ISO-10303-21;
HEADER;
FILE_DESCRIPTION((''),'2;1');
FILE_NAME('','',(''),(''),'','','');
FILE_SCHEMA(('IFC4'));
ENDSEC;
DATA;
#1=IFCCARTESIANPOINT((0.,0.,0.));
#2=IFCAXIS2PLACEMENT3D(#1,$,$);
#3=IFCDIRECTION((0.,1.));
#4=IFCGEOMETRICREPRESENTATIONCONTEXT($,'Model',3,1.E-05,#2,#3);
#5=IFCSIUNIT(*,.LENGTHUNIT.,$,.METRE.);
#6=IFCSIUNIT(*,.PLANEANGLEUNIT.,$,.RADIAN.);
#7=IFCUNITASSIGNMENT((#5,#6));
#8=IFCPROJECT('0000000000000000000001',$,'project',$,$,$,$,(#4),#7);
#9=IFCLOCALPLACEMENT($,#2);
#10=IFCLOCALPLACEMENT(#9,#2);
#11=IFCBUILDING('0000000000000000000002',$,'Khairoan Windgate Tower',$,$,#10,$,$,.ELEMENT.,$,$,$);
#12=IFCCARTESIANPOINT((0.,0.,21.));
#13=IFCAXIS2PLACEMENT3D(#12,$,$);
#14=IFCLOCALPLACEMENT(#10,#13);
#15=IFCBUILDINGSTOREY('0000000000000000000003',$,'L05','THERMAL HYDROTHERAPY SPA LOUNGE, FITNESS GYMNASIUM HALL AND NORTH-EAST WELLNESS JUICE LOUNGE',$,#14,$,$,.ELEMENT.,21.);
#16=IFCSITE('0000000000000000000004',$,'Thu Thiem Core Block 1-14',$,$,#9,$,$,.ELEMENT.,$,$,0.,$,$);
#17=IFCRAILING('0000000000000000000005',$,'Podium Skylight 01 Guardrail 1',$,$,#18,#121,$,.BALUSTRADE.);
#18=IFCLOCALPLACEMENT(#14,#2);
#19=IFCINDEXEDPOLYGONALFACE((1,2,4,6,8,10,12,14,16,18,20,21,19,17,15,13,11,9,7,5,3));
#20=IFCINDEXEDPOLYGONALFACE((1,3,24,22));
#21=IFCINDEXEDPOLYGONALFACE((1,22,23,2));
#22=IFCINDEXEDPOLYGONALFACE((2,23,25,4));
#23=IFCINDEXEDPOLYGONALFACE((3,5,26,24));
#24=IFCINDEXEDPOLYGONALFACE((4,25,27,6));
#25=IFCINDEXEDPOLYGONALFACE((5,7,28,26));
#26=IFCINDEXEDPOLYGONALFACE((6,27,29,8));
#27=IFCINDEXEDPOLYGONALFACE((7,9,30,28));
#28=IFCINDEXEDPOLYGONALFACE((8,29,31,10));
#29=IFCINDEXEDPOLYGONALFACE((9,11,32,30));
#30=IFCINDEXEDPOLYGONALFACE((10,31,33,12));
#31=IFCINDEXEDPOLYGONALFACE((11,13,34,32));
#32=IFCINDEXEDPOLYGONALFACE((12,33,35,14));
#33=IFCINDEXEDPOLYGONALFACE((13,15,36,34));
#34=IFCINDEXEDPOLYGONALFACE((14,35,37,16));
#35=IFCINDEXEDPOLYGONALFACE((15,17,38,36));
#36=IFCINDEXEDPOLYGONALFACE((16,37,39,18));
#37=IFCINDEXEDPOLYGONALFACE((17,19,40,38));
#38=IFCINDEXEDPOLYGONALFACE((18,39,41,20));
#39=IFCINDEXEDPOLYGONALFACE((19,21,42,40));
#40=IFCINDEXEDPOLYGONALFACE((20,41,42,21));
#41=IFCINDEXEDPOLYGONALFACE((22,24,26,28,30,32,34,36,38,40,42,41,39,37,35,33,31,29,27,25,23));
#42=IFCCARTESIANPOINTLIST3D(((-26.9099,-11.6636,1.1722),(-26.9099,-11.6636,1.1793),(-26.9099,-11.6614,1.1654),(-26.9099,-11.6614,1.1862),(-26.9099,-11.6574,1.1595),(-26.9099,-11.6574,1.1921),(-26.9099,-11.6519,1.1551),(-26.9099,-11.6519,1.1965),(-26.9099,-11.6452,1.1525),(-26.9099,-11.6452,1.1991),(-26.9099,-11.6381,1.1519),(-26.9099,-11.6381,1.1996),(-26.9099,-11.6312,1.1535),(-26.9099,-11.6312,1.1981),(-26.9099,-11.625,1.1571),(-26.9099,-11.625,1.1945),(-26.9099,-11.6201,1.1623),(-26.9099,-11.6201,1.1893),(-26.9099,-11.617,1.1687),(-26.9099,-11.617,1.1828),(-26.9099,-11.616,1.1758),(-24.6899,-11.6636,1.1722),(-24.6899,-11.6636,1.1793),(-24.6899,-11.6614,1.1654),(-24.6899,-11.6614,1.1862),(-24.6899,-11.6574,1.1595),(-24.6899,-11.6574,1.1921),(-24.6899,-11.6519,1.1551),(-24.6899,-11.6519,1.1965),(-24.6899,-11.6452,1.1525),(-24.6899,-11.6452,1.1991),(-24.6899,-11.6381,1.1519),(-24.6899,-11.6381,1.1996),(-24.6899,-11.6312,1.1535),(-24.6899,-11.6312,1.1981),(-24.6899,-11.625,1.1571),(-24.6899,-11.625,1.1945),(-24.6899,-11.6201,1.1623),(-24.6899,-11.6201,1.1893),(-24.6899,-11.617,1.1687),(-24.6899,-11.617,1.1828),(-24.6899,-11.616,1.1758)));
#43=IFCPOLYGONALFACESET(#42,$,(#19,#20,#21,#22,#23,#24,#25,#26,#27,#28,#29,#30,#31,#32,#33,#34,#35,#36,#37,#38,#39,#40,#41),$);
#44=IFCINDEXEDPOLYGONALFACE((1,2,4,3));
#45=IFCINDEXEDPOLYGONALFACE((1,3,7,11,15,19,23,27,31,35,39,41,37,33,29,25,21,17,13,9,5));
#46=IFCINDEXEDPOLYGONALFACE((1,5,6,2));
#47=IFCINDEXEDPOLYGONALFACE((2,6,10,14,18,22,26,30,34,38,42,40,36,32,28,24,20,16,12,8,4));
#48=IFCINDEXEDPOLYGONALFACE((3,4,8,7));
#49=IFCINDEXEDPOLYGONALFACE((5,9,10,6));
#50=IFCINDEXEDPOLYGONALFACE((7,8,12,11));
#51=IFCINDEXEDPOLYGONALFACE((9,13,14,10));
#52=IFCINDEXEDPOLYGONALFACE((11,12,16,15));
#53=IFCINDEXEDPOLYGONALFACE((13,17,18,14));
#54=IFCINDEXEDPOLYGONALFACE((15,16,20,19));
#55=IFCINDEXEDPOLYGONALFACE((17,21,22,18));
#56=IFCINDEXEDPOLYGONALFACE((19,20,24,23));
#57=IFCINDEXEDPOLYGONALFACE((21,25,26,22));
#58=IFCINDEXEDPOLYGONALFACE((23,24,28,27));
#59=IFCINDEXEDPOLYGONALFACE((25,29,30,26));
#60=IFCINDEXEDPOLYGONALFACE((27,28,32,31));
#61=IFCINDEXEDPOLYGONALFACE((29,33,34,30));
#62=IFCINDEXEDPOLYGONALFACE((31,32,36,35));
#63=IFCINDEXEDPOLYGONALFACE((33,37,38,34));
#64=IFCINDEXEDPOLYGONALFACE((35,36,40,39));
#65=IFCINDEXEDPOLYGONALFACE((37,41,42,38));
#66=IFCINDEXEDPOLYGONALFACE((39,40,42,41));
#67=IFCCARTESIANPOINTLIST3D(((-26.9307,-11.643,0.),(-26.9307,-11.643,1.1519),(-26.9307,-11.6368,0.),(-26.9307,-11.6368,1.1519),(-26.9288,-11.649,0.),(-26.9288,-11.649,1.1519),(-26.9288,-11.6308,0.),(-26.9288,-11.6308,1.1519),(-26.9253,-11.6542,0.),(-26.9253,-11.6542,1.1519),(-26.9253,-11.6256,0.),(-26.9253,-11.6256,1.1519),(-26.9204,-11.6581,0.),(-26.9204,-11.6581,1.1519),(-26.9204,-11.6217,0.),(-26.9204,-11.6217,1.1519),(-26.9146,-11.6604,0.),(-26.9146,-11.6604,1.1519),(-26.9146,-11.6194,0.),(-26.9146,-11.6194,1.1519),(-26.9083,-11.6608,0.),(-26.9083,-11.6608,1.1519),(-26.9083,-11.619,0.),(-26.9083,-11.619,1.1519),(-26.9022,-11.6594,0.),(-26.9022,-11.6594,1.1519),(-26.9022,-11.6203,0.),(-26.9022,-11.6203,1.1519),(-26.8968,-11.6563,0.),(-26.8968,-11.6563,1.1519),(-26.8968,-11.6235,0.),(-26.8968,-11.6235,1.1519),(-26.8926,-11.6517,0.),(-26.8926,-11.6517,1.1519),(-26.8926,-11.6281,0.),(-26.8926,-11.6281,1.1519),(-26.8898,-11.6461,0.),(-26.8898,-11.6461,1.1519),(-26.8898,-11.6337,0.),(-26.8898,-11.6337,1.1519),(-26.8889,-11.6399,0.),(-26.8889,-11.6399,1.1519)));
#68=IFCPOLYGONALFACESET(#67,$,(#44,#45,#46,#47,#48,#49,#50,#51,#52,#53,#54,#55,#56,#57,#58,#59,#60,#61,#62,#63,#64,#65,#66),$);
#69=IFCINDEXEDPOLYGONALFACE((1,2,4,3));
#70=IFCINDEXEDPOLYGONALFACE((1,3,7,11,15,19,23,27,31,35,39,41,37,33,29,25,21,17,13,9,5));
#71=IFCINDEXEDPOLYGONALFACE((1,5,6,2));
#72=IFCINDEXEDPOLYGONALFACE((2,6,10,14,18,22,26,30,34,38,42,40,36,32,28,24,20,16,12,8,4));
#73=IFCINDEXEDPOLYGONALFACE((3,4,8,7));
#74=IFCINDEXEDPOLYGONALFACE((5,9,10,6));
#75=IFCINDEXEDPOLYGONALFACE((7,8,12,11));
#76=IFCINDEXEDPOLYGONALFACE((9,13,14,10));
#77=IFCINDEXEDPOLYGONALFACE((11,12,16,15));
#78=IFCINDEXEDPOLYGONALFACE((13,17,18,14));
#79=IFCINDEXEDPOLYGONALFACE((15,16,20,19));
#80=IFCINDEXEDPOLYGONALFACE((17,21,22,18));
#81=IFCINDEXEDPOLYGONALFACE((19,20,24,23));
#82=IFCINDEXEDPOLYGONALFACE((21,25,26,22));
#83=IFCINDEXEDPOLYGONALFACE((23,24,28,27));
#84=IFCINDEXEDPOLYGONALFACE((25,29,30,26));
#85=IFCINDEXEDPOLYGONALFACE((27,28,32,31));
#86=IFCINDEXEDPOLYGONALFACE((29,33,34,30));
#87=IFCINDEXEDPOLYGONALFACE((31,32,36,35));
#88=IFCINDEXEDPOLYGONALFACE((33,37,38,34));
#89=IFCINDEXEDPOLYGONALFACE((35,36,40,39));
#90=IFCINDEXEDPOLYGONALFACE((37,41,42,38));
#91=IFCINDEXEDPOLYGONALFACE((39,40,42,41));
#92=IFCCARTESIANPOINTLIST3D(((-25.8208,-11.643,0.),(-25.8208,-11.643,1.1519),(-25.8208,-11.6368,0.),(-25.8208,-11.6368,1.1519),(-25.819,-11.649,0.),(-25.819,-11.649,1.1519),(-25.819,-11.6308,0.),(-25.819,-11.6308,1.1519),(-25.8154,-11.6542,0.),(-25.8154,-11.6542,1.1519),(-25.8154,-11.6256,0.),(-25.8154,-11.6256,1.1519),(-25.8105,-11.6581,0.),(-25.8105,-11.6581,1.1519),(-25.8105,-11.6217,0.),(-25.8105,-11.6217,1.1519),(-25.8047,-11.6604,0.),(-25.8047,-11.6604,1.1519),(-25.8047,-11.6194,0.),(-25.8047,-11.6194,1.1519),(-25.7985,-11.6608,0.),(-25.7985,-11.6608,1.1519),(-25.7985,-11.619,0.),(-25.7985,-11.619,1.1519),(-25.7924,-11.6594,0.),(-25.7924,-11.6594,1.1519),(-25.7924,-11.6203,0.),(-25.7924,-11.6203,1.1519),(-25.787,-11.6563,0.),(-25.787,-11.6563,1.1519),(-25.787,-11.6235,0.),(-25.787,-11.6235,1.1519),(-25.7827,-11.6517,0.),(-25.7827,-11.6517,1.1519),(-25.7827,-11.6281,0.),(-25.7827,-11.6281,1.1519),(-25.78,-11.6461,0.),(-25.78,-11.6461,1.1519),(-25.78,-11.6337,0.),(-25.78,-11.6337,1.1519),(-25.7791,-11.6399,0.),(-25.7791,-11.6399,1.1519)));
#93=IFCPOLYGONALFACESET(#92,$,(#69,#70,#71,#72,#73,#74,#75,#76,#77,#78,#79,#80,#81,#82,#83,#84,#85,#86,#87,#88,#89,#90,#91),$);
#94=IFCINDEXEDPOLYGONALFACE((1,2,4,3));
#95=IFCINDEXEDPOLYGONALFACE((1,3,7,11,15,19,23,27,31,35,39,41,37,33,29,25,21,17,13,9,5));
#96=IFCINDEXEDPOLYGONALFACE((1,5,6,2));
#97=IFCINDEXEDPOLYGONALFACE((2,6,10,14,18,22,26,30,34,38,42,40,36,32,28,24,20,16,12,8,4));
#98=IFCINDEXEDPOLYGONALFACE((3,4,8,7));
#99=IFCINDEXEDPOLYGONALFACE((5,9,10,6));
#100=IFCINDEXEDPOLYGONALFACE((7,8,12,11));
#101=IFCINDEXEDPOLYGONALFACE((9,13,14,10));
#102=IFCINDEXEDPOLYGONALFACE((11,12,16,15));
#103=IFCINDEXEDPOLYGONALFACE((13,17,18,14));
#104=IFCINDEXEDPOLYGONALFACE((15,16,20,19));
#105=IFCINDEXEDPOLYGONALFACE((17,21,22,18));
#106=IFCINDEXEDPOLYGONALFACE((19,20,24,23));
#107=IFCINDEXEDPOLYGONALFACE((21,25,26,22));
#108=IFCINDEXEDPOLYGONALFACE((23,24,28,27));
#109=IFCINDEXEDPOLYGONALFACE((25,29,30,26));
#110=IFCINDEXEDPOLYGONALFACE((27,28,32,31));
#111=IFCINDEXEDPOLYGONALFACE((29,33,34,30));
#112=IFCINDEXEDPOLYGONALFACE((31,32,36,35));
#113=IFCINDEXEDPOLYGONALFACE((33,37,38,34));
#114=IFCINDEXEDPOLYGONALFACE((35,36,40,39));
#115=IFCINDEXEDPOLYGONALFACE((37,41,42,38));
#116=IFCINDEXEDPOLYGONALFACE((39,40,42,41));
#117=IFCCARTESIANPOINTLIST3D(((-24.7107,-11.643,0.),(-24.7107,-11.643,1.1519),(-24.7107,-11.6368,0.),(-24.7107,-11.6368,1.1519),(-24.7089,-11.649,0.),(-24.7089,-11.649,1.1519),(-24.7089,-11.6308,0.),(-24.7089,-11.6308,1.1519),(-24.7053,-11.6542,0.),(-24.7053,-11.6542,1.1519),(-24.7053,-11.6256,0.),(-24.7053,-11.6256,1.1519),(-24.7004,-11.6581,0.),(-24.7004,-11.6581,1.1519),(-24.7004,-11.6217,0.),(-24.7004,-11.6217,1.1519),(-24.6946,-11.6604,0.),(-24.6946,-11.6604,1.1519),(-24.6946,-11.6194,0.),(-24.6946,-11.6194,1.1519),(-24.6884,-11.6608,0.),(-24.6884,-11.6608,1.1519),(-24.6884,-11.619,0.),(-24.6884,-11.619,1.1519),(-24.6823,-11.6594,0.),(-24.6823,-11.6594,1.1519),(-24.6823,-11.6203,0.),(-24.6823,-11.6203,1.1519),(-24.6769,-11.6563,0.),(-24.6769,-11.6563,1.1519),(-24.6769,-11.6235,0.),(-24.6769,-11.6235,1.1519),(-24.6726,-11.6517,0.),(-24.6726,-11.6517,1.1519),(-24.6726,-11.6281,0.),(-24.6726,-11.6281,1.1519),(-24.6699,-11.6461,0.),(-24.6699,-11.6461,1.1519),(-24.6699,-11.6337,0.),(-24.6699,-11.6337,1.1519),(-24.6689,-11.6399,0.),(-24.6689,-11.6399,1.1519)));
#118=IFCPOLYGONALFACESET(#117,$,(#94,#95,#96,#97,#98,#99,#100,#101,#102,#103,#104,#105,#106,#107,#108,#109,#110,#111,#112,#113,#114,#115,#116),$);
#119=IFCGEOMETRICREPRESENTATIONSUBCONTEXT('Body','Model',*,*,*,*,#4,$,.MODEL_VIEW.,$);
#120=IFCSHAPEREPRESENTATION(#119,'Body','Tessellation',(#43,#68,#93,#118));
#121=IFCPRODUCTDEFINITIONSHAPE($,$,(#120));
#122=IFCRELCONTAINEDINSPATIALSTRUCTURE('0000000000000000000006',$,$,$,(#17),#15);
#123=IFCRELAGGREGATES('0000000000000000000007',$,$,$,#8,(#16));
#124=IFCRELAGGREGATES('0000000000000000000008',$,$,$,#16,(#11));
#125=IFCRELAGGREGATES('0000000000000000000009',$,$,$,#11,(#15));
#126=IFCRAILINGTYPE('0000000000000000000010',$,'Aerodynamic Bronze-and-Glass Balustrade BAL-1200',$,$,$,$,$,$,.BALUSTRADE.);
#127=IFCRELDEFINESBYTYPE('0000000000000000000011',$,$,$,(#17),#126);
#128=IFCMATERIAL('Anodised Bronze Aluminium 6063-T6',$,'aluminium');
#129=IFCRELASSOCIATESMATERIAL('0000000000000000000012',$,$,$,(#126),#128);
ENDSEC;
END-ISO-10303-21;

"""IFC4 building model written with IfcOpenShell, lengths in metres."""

from ifc_helpers import new_model, si_unit, direction, frame, origin, origin_2d, place, context, subcontext, project, spatial, circle, extrude, material, type_object, element, save


model = new_model("IFC4")

# Units and contexts
model_context = context("Model", 3, precision=1e-05, world=origin(), true_north=direction((0.0, 1.0)))
body_context = subcontext(model_context, "Body", "Model", "MODEL_VIEW")
ifc_project = project(units=[si_unit("LENGTHUNIT", "METRE"), si_unit("PLANEANGLEUNIT", "RADIAN")], contexts=[model_context])

# Site, building, storey
site_placement = place(None, origin())
site = spatial("IfcSite", under=ifc_project, at=site_placement, Name="Thu Thiem Core Block 1-14", CompositionType="ELEMENT", RefElevation=0.0)
building_placement = place(site_placement, origin())
building = spatial("IfcBuilding", under=site, at=building_placement, Name="Khairoan Windgate Tower", CompositionType="ELEMENT")
storey_placement = place(building_placement, frame((0.0, 0.0, 21.0)))
storey = spatial("IfcBuildingStorey", under=building, at=storey_placement, Name="L05", Description="THERMAL HYDROTHERAPY SPA LOUNGE, FITNESS GYMNASIUM HALL AND NORTH-EAST WELLNESS JUICE LOUNGE", CompositionType="ELEMENT", Elevation=21.0)

# Railing
ifc_material_1 = material(Name="Anodised Bronze Aluminium 6063-T6", Category="aluminium")
railing_type_1 = type_object("IfcRailingType", Name="Aerodynamic Bronze-and-Glass Balustrade BAL-1200", PredefinedType="BALUSTRADE", material=ifc_material_1)
railing_1_placement = place(storey_placement, frame((-26.9099, -11.6399, 0.0)))
element("IfcRailing", 1, at=railing_1_placement, inside=storey, type_object=railing_type_1, Name="Podium Skylight 01 Guardrail 1", PredefinedType="BALUSTRADE", context=body_context, shape_type="SweptSolid", body=[
    extrude(circle(Radius=0.0239, at=origin_2d()), frame((0.0, 0.0, 1.1758), z_axis=(1.0, 0.0, 0.0), x_axis=(0.0, 1.0, 0.0)), (0.0, 0.0, 1.0), 2.22),
    extrude(circle(Radius=0.021, at=origin_2d()), origin(), (0.0, 0.0, 1.0), 1.1519),
    extrude(circle(Radius=0.021, at=origin_2d()), frame((1.1099, 0.0, 0.0)), (0.0, 0.0, 1.0), 1.1519),
    extrude(circle(Radius=0.021, at=origin_2d()), frame((2.22, 0.0, 0.0)), (0.0, 0.0, 1.0), 1.1519),
])

save(model, "model.ifc")
